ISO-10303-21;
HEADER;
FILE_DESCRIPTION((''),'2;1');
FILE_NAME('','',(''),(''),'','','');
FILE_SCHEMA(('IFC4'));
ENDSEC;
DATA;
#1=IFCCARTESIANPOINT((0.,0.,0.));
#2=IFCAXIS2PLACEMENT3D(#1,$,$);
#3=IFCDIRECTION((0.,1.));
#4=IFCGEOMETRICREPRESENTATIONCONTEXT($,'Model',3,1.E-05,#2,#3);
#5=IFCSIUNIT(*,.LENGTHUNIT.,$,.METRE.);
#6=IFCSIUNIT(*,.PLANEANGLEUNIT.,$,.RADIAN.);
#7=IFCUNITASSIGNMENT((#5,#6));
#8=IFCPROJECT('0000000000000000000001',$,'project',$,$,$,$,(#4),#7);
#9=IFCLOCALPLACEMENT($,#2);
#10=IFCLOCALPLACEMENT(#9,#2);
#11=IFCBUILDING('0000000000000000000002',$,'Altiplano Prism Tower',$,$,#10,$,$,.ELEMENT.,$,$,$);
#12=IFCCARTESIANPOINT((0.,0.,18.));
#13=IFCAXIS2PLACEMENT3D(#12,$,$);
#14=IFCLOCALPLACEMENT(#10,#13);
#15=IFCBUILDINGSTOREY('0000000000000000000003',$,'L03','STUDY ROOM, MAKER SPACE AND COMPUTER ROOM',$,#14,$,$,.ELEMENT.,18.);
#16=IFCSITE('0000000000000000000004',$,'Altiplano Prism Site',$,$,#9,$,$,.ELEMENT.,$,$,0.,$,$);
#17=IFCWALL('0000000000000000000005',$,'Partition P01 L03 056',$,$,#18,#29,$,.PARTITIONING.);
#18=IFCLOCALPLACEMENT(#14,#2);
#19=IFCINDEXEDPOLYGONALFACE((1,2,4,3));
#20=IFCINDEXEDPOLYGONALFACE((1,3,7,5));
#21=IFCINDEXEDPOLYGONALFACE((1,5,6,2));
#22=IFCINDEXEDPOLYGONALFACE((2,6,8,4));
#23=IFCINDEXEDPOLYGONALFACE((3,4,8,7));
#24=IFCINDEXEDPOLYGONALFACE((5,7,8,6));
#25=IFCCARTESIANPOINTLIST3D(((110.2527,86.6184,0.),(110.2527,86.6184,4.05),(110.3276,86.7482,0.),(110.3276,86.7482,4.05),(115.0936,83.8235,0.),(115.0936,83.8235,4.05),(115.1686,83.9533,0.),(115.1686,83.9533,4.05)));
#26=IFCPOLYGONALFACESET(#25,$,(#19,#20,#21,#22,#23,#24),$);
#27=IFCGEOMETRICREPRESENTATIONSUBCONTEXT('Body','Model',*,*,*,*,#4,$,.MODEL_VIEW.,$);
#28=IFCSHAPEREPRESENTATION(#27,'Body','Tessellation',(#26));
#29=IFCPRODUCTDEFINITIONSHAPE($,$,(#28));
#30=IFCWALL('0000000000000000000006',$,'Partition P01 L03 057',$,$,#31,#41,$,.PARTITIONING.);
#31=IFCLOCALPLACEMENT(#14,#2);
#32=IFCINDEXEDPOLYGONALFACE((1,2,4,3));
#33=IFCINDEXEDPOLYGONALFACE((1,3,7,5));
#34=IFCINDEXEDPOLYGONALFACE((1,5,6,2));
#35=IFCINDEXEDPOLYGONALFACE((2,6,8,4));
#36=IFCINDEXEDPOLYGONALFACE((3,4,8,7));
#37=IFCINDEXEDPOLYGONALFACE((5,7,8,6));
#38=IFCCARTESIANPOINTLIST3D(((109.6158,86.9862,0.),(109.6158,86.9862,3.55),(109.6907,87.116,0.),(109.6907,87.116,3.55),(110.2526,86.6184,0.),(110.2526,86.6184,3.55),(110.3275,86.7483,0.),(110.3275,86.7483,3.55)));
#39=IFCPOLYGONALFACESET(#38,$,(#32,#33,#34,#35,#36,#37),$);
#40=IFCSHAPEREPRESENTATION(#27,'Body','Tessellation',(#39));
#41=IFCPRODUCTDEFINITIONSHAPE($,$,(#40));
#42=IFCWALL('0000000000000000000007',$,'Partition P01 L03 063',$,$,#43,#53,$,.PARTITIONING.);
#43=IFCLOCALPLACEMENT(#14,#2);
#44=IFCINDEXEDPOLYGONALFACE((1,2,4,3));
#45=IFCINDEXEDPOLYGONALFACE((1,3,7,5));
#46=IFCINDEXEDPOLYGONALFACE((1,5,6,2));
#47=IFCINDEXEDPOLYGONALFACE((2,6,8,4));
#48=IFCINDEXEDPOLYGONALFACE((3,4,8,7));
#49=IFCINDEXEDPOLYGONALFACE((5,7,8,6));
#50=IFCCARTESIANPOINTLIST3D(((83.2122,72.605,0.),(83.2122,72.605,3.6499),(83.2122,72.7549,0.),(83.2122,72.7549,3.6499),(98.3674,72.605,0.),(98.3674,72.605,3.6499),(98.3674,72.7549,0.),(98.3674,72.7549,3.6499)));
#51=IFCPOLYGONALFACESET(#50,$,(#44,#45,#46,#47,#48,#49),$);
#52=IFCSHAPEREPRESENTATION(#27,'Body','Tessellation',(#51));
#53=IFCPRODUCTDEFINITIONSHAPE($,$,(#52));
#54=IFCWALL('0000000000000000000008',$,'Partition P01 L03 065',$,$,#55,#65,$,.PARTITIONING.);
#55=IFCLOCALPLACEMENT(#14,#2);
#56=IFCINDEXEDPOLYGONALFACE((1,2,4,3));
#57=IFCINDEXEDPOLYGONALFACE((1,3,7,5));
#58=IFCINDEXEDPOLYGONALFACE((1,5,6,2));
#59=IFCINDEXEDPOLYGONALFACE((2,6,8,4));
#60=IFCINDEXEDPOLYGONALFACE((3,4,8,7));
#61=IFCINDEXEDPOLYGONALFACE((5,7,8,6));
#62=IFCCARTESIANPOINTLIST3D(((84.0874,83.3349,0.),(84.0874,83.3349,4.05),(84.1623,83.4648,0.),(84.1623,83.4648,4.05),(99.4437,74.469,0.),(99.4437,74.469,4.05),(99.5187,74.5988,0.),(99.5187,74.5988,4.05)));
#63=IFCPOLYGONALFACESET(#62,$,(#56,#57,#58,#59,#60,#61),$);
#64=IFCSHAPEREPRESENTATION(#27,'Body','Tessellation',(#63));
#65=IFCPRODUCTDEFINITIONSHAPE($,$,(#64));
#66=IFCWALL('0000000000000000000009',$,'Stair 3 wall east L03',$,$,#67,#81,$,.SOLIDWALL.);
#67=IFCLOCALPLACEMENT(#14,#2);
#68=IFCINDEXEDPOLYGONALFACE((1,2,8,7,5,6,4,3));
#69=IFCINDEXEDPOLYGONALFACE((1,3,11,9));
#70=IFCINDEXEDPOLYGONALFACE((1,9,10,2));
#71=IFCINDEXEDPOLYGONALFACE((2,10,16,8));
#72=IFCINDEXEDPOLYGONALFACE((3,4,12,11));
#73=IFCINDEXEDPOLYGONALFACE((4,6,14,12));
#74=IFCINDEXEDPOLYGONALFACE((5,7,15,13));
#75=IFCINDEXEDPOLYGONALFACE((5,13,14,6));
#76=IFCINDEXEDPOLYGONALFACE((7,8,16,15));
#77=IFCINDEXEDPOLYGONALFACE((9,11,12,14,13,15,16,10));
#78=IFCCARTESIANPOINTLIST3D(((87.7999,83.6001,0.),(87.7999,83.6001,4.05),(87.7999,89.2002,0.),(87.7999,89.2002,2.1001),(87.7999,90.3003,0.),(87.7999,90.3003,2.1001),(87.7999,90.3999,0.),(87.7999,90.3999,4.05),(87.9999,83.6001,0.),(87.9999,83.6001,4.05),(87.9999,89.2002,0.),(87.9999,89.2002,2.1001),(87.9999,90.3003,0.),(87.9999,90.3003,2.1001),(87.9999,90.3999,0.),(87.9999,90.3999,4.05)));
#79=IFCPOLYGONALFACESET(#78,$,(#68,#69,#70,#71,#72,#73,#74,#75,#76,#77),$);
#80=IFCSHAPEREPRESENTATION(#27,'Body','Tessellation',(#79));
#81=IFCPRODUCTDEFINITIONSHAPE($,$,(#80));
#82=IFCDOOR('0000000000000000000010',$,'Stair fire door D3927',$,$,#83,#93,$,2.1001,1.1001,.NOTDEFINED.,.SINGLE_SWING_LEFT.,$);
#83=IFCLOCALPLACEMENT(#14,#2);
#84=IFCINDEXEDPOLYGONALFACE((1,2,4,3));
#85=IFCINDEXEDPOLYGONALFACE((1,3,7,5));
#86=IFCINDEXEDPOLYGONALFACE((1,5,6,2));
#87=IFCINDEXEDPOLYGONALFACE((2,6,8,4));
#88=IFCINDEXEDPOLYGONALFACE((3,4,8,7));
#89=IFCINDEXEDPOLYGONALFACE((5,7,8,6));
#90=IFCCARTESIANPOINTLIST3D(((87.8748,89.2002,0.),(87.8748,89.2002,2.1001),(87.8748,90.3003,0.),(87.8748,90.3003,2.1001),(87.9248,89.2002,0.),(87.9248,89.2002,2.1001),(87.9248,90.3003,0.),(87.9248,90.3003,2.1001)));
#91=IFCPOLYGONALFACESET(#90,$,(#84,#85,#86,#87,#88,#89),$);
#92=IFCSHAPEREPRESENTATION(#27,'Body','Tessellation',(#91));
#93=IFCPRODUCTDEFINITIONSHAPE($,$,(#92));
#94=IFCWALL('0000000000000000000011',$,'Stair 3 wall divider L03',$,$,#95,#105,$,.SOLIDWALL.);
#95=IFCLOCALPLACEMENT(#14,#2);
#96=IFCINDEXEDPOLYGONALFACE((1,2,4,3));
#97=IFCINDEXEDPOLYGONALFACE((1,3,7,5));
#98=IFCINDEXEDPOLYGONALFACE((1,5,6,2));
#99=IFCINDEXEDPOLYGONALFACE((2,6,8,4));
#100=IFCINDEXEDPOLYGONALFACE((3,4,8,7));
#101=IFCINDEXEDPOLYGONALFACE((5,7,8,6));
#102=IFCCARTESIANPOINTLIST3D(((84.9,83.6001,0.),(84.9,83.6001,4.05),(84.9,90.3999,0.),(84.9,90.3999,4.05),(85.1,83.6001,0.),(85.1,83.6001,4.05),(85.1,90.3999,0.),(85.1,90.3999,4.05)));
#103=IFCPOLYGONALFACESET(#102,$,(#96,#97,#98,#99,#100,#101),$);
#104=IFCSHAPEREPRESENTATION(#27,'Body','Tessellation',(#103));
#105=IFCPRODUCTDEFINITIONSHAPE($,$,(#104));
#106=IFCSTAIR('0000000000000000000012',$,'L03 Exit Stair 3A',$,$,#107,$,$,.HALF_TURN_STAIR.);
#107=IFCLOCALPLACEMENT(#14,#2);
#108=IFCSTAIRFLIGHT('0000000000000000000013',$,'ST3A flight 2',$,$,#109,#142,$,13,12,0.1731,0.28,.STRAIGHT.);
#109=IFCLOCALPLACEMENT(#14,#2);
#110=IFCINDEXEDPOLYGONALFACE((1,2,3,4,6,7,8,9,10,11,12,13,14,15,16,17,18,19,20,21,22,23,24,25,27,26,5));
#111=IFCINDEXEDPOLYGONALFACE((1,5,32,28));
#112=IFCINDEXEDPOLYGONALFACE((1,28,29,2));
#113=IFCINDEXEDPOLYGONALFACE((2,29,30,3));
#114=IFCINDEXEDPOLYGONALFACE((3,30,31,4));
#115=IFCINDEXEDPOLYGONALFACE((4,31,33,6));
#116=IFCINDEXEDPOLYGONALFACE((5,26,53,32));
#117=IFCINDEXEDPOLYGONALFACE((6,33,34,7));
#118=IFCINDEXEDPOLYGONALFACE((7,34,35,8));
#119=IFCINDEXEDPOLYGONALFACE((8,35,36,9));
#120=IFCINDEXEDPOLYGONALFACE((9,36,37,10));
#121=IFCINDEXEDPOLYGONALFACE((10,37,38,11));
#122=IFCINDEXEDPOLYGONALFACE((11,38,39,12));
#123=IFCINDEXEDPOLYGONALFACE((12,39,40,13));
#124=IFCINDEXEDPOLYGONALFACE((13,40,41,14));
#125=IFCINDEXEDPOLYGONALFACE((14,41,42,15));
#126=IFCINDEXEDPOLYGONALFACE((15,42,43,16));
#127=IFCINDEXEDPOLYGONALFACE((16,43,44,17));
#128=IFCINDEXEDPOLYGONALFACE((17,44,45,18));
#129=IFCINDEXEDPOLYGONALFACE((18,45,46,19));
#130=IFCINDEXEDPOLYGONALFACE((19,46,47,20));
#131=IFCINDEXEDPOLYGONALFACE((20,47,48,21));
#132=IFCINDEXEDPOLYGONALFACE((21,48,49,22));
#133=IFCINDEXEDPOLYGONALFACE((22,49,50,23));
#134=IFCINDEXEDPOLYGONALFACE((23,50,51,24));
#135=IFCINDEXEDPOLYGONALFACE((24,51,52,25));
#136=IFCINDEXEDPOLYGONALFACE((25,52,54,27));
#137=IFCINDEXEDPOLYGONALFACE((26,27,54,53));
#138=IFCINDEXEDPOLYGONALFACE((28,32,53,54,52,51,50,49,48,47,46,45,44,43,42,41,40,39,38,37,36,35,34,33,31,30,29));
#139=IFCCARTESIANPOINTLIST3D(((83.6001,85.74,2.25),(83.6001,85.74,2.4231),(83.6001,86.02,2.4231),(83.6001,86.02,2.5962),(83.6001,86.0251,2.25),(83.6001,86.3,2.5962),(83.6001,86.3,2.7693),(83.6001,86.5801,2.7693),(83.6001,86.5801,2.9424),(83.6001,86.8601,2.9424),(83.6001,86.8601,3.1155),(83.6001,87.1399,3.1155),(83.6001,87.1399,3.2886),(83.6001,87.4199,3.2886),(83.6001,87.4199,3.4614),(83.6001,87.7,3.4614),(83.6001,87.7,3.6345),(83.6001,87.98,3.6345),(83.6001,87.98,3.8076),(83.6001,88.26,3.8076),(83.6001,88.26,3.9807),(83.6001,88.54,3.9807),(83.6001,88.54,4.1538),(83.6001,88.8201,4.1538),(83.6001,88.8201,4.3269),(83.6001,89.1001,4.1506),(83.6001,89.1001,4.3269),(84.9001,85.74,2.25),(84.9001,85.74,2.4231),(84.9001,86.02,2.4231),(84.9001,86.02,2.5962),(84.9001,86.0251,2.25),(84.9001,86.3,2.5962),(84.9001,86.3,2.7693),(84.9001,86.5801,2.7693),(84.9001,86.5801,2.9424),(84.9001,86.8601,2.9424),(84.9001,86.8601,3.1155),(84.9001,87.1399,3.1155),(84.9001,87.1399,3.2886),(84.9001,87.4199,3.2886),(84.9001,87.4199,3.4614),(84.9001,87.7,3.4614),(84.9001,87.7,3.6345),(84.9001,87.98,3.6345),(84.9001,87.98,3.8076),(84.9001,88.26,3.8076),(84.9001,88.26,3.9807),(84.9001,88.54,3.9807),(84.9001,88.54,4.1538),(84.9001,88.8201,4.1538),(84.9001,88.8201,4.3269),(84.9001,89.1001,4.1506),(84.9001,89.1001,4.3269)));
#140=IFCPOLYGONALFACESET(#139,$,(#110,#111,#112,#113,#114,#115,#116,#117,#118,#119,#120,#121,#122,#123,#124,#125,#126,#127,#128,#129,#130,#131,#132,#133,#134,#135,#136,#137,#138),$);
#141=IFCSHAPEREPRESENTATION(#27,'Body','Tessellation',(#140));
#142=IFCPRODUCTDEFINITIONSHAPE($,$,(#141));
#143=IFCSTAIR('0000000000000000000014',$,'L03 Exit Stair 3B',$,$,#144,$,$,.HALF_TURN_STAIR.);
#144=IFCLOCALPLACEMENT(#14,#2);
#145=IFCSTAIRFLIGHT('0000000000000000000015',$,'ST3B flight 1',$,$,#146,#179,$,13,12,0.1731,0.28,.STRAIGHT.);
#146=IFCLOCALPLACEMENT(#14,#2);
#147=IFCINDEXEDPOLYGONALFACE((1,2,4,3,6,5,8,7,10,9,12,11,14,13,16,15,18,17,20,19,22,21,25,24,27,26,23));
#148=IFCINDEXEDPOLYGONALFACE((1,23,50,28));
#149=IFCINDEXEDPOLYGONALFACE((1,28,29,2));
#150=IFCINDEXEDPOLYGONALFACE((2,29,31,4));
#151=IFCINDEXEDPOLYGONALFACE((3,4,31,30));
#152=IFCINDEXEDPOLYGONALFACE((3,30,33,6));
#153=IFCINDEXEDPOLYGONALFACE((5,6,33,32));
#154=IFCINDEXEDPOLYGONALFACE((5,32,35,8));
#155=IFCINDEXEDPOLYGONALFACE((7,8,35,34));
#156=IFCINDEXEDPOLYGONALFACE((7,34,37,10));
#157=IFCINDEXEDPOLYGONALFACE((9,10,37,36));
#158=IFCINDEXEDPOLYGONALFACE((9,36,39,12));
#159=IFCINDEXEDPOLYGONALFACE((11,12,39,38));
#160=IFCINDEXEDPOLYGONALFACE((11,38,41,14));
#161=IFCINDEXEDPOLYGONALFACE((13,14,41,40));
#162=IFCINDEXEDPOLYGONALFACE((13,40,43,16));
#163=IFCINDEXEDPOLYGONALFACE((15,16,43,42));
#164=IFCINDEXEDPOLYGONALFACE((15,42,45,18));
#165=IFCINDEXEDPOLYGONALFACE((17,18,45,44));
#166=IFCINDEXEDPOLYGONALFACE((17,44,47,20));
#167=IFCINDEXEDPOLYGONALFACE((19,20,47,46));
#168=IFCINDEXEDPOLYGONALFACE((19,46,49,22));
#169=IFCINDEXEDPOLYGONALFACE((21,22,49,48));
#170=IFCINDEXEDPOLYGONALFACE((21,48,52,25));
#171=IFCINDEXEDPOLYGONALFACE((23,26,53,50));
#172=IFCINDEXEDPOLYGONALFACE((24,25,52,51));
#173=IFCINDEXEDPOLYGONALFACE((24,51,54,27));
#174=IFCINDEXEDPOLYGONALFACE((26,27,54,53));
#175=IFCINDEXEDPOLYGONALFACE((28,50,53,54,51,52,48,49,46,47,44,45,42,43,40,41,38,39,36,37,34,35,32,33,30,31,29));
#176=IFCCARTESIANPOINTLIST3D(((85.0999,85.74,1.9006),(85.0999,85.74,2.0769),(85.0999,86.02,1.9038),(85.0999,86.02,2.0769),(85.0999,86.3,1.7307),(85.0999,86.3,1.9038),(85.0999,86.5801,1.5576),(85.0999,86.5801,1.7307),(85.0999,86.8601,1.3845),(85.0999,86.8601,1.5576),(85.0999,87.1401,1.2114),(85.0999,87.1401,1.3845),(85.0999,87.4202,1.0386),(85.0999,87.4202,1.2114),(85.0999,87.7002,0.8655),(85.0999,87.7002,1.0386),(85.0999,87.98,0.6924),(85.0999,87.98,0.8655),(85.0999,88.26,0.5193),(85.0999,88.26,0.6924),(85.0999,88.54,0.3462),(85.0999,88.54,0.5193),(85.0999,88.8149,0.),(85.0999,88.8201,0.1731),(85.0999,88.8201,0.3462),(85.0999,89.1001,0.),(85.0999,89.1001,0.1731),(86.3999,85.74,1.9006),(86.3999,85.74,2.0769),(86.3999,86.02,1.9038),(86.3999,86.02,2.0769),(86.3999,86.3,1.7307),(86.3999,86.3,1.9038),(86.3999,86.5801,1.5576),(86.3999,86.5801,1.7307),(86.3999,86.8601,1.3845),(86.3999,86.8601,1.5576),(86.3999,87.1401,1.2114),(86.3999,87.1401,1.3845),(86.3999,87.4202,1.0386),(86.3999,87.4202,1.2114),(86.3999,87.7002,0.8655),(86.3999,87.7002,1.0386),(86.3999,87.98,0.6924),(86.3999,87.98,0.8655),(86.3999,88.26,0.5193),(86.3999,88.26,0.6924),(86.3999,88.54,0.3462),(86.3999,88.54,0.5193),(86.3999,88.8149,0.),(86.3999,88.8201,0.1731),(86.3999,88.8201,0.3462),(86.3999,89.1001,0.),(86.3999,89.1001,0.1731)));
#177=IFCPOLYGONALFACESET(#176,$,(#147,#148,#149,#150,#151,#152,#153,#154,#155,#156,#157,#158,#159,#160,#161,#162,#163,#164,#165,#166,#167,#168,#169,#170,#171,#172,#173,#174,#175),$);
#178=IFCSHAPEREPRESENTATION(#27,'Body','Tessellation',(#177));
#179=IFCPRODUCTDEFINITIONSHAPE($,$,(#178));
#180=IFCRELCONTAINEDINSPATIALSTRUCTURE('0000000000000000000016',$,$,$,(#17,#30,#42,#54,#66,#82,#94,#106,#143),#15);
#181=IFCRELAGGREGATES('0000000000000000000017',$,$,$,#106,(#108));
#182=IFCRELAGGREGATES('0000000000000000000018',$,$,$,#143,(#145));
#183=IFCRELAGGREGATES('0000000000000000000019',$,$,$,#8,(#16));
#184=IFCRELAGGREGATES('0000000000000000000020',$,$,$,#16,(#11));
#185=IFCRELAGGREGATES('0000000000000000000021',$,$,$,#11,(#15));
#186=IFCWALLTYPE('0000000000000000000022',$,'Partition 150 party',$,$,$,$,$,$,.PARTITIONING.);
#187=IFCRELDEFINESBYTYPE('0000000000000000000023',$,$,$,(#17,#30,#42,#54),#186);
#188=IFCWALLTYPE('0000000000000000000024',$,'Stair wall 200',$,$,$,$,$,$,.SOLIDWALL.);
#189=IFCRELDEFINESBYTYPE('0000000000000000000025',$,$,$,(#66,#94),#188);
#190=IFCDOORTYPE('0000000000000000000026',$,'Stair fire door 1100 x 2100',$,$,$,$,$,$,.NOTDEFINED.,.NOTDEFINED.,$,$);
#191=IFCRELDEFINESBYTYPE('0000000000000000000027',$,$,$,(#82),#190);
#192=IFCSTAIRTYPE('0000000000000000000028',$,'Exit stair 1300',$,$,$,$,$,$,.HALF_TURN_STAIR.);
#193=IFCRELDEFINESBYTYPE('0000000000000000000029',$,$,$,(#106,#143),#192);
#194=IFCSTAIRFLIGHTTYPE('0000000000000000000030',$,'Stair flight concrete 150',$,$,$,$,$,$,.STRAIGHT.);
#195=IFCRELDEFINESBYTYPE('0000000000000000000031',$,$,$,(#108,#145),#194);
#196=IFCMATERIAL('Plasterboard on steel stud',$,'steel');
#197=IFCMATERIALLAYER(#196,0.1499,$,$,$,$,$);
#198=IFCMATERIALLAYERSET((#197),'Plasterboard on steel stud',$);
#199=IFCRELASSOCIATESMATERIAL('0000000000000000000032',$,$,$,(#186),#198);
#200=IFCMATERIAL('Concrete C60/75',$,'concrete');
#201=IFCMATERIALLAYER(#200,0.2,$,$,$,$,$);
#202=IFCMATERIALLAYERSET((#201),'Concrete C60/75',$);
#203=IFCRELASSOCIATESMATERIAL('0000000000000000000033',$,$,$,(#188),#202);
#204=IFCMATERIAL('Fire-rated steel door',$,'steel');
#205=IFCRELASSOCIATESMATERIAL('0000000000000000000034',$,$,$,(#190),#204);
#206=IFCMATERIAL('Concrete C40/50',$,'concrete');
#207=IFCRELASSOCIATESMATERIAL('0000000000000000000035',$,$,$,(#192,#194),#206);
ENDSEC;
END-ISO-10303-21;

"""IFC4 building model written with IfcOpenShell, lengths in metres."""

from ifc_helpers import new_model, si_unit, direction, frame, frame_2d, origin, place, context, subcontext, project, spatial, polyline, rectangle, outline, extrude, material, layer, layer_set, type_object, element, fill, aggregate, save


model = new_model("IFC4")

# Units and contexts
model_context = context("Model", 3, precision=1e-05, world=origin(), true_north=direction((0.0, 1.0)))
body_context = subcontext(model_context, "Body", "Model", "MODEL_VIEW")
ifc_project = project(units=[si_unit("LENGTHUNIT", "METRE"), si_unit("PLANEANGLEUNIT", "RADIAN")], contexts=[model_context])

# Site, building, storey
site_placement = place(None, origin())
site = spatial("IfcSite", under=ifc_project, at=site_placement, Name="Altiplano Prism Site", CompositionType="ELEMENT", RefElevation=0.0)
building_placement = place(site_placement, origin())
building = spatial("IfcBuilding", under=site, at=building_placement, Name="Altiplano Prism Tower", CompositionType="ELEMENT")
storey_placement = place(building_placement, frame((0.0, 0.0, 18.0)))
storey = spatial("IfcBuildingStorey", under=building, at=storey_placement, Name="L03", Description="STUDY ROOM, MAKER SPACE AND COMPUTER ROOM", CompositionType="ELEMENT", Elevation=18.0)

# Shared definitions
ifc_material_1 = material(Name="Concrete C60/75", Category="concrete")

# Walls
ifc_material_2 = material(Name="Plasterboard on steel stud", Category="steel")
ifc_layer_1 = layer(ifc_material_2, 0.1499)
ifc_layer_set_1 = layer_set([ifc_layer_1], Name="Plasterboard on steel stud")
wall_type_1 = type_object("IfcWallType", Name="Partition 150 party", PredefinedType="PARTITIONING", material=ifc_layer_set_1)
wall_1_placement = place(storey_placement, frame((115.1311, 83.8884, 0.0), z_axis=(0.0, 0.0, 1.0), x_axis=(-0.866031, 0.499991, 0.0)))
element("IfcWall", 1, at=wall_1_placement, inside=storey, type_object=wall_type_1, Name="Partition P01 L03 056", PredefinedType="PARTITIONING", context=body_context, shape_type="SweptSolid", body=[
    extrude(rectangle(XDim=5.5898, YDim=0.1499, at=frame_2d((2.7949, 0.0))), origin(), (0.0, 0.0, 1.0), 4.05),
])
wall_2_placement = place(storey_placement, frame((110.29, 86.6833, 0.0), z_axis=(0.0, 0.0, 1.0), x_axis=(-0.865987, 0.500067, 0.0)))
element("IfcWall", 2, at=wall_2_placement, inside=storey, type_object=wall_type_1, Name="Partition P01 L03 057", PredefinedType="PARTITIONING", context=body_context, shape_type="SweptSolid", body=[
    extrude(rectangle(XDim=0.7354, YDim=0.1499, at=frame_2d((0.3677, 0.0))), origin(), (0.0, 0.0, 1.0), 3.55),
])
wall_3_placement = place(storey_placement, frame((98.3674, 72.6799, 0.0), z_axis=(0.0, 0.0, 1.0), x_axis=(-1.0, 0.0, 0.0)))
element("IfcWall", 3, at=wall_3_placement, inside=storey, type_object=wall_type_1, Name="Partition P01 L03 063", PredefinedType="PARTITIONING", context=body_context, shape_type="SweptSolid", body=[
    extrude(rectangle(XDim=15.1553, YDim=0.1499, at=frame_2d((7.5776, 0.0))), origin(), (0.0, 0.0, 1.0), 3.6499),
])
wall_4_placement = place(storey_placement, frame((99.4812, 74.5339, 0.0), z_axis=(0.0, 0.0, 1.0), x_axis=(-0.866027, 0.499997, 0.0)))
element("IfcWall", 4, at=wall_4_placement, inside=storey, type_object=wall_type_1, Name="Partition P01 L03 065", PredefinedType="PARTITIONING", context=body_context, shape_type="SweptSolid", body=[
    extrude(rectangle(XDim=17.7319, YDim=0.1499, at=frame_2d((8.866, 0.0))), origin(), (0.0, 0.0, 1.0), 4.05),
])

# Wall, opening, door
ifc_layer_2 = layer(ifc_material_1, 0.2)
ifc_layer_set_2 = layer_set([ifc_layer_2], Name="Concrete C60/75")
wall_type_2 = type_object("IfcWallType", Name="Stair wall 200", PredefinedType="SOLIDWALL", material=ifc_layer_set_2)
wall_5_placement = place(storey_placement, frame((87.8999, 83.6001, 0.0), z_axis=(0.0, 0.0, 1.0), x_axis=(0.0, 1.0, 0.0)))
wall_5 = element("IfcWall", 5, at=wall_5_placement, inside=storey, type_object=wall_type_2, Name="Stair 3 wall east L03", PredefinedType="SOLIDWALL", context=body_context, shape_type="SweptSolid", body=[
    extrude(rectangle(XDim=6.7998, YDim=0.2, at=frame_2d((3.3999, 0.0))), origin(), (0.0, 0.0, 1.0), 4.05),
])
opening_placement = place(wall_5_placement, frame((5.6001, 0.0, 0.0)))
opening = element("IfcOpeningElement", 6, at=opening_placement, cuts=wall_5, PredefinedType="OPENING", context=body_context, shape_type="SweptSolid", body=[
    extrude(rectangle(XDim=1.1001, YDim=2.1001, at=frame_2d((0.55, 1.05))), frame((0.0, 0.1104, 0.0), z_axis=(0.0, -1.0, 0.0), x_axis=(1.0, 0.0, 0.0)), (0.0, 0.0, 1.0), 0.2209),
])
ifc_material_3 = material(Name="Fire-rated steel door", Category="steel")
door_type = type_object("IfcDoorType", Name="Stair fire door 1100 x 2100", OperationType="NOTDEFINED", PredefinedType="NOTDEFINED", material=ifc_material_3)
door_placement = place(opening_placement, frame((1.1001, 0.0, 0.0), z_axis=(0.0, 0.0, 1.0), x_axis=(-1.0, 0.0, 0.0)))
door = element("IfcDoor", 7, at=door_placement, inside=storey, type_object=door_type, Name="Stair fire door D3927", OperationType="SINGLE_SWING_LEFT", OverallHeight=2.1001, OverallWidth=1.1001, PredefinedType="NOTDEFINED", context=body_context, shape_type="SweptSolid", body=[
    extrude(rectangle(XDim=1.1001, YDim=2.1001, at=frame_2d((0.55, 1.05))), frame((0.0, 0.0249, 0.0), z_axis=(0.0, -1.0, 0.0), x_axis=(1.0, 0.0, 0.0)), (0.0, 0.0, 1.0), 0.05),
])
fill(opening, door)

# Wall
wall_6_placement = place(storey_placement, frame((85.0, 83.6001, 0.0), z_axis=(0.0, 0.0, 1.0), x_axis=(0.0, 1.0, 0.0)))
element("IfcWall", 8, at=wall_6_placement, inside=storey, type_object=wall_type_2, Name="Stair 3 wall divider L03", PredefinedType="SOLIDWALL", context=body_context, shape_type="SweptSolid", body=[
    extrude(rectangle(XDim=6.7998, YDim=0.2, at=frame_2d((3.3999, 0.0))), origin(), (0.0, 0.0, 1.0), 4.05),
])

# Stair, stair flight
ifc_material_4 = material(Name="Concrete C40/50", Category="concrete")
stair_type = type_object("IfcStairType", Name="Exit stair 1300", PredefinedType="HALF_TURN_STAIR", material=ifc_material_4)
stair_1_placement = place(storey_placement, origin())
stair_1 = element("IfcStair", 9, at=stair_1_placement, inside=storey, type_object=stair_type, Name="L03 Exit Stair 3A", PredefinedType="HALF_TURN_STAIR")
stair_flight_type = type_object("IfcStairFlightType", Name="Stair flight concrete 150", PredefinedType="STRAIGHT", material=ifc_material_4)
stair_flight_1_placement = place(storey_placement, frame((84.25, 85.74, 2.25), z_axis=(0.0, 0.0, 1.0), x_axis=(0.0, 1.0, 0.0)))
stair_flight_1 = element("IfcStairFlight", 10, at=stair_flight_1_placement, type_object=stair_flight_type, Name="ST3A flight 2", NumberOfRisers=13, NumberOfTreads=12, PredefinedType="STRAIGHT", RiserHeight=0.1731, TreadLength=0.28, context=body_context, shape_type="SweptSolid", body=[
    extrude(outline(polyline([(0.0, 0.0), (0.0, 0.1731), (0.28, 0.1731), (0.28, 0.3462), (0.5601, 0.3462), (0.5601, 0.5193), (0.8401, 0.5193), (0.8401, 0.6924), (1.1201, 0.6924), (1.1201, 0.8655), (1.3999, 0.8655), (1.3999, 1.0386), (1.6799, 1.0386), (1.6799, 1.2114), (1.96, 1.2114), (1.96, 1.3845), (2.24, 1.3845), (2.24, 1.5576), (2.52, 1.5576), (2.52, 1.7307), (2.8, 1.7307), (2.8, 1.9038), (3.0801, 1.9038), (3.0801, 2.0769), (3.3601, 2.0769), (3.3601, 2.25), (3.3601, 1.9006), (0.2852, 0.0), (0.0, 0.0)])), frame((0.0, 0.6499, 0.0), z_axis=(0.0, -1.0, 0.0), x_axis=(1.0, 0.0, 0.0)), (0.0, 0.0, 1.0), 1.3),
])
aggregate(stair_1, [stair_flight_1])

# Stair, stair flight
stair_2_placement = place(storey_placement, origin())
stair_2 = element("IfcStair", 11, at=stair_2_placement, inside=storey, type_object=stair_type, Name="L03 Exit Stair 3B", PredefinedType="HALF_TURN_STAIR")
stair_flight_2_placement = place(storey_placement, frame((85.75, 89.1001, 0.0), z_axis=(0.0, 0.0, 1.0), x_axis=(0.0, -1.0, 0.0)))
stair_flight_2 = element("IfcStairFlight", 12, at=stair_flight_2_placement, type_object=stair_flight_type, Name="ST3B flight 1", NumberOfRisers=13, NumberOfTreads=12, PredefinedType="STRAIGHT", RiserHeight=0.1731, TreadLength=0.28, context=body_context, shape_type="SweptSolid", body=[
    extrude(outline(polyline([(0.0, 0.0), (0.0, 0.1731), (0.28, 0.1731), (0.28, 0.3462), (0.5601, 0.3462), (0.5601, 0.5193), (0.8401, 0.5193), (0.8401, 0.6924), (1.1201, 0.6924), (1.1201, 0.8655), (1.3999, 0.8655), (1.3999, 1.0386), (1.6799, 1.0386), (1.6799, 1.2114), (1.96, 1.2114), (1.96, 1.3845), (2.24, 1.3845), (2.24, 1.5576), (2.52, 1.5576), (2.52, 1.7307), (2.8, 1.7307), (2.8, 1.9038), (3.0801, 1.9038), (3.0801, 2.0769), (3.3601, 2.0769), (3.3601, 2.25), (3.3601, 1.9006), (0.2852, 0.0), (0.0, 0.0)])), frame((0.0, 0.6499, 0.0), z_axis=(0.0, -1.0, 0.0), x_axis=(1.0, 0.0, 0.0)), (0.0, 0.0, 1.0), 1.3),
])
aggregate(stair_2, [stair_flight_2])

save(model, "model.ifc")
